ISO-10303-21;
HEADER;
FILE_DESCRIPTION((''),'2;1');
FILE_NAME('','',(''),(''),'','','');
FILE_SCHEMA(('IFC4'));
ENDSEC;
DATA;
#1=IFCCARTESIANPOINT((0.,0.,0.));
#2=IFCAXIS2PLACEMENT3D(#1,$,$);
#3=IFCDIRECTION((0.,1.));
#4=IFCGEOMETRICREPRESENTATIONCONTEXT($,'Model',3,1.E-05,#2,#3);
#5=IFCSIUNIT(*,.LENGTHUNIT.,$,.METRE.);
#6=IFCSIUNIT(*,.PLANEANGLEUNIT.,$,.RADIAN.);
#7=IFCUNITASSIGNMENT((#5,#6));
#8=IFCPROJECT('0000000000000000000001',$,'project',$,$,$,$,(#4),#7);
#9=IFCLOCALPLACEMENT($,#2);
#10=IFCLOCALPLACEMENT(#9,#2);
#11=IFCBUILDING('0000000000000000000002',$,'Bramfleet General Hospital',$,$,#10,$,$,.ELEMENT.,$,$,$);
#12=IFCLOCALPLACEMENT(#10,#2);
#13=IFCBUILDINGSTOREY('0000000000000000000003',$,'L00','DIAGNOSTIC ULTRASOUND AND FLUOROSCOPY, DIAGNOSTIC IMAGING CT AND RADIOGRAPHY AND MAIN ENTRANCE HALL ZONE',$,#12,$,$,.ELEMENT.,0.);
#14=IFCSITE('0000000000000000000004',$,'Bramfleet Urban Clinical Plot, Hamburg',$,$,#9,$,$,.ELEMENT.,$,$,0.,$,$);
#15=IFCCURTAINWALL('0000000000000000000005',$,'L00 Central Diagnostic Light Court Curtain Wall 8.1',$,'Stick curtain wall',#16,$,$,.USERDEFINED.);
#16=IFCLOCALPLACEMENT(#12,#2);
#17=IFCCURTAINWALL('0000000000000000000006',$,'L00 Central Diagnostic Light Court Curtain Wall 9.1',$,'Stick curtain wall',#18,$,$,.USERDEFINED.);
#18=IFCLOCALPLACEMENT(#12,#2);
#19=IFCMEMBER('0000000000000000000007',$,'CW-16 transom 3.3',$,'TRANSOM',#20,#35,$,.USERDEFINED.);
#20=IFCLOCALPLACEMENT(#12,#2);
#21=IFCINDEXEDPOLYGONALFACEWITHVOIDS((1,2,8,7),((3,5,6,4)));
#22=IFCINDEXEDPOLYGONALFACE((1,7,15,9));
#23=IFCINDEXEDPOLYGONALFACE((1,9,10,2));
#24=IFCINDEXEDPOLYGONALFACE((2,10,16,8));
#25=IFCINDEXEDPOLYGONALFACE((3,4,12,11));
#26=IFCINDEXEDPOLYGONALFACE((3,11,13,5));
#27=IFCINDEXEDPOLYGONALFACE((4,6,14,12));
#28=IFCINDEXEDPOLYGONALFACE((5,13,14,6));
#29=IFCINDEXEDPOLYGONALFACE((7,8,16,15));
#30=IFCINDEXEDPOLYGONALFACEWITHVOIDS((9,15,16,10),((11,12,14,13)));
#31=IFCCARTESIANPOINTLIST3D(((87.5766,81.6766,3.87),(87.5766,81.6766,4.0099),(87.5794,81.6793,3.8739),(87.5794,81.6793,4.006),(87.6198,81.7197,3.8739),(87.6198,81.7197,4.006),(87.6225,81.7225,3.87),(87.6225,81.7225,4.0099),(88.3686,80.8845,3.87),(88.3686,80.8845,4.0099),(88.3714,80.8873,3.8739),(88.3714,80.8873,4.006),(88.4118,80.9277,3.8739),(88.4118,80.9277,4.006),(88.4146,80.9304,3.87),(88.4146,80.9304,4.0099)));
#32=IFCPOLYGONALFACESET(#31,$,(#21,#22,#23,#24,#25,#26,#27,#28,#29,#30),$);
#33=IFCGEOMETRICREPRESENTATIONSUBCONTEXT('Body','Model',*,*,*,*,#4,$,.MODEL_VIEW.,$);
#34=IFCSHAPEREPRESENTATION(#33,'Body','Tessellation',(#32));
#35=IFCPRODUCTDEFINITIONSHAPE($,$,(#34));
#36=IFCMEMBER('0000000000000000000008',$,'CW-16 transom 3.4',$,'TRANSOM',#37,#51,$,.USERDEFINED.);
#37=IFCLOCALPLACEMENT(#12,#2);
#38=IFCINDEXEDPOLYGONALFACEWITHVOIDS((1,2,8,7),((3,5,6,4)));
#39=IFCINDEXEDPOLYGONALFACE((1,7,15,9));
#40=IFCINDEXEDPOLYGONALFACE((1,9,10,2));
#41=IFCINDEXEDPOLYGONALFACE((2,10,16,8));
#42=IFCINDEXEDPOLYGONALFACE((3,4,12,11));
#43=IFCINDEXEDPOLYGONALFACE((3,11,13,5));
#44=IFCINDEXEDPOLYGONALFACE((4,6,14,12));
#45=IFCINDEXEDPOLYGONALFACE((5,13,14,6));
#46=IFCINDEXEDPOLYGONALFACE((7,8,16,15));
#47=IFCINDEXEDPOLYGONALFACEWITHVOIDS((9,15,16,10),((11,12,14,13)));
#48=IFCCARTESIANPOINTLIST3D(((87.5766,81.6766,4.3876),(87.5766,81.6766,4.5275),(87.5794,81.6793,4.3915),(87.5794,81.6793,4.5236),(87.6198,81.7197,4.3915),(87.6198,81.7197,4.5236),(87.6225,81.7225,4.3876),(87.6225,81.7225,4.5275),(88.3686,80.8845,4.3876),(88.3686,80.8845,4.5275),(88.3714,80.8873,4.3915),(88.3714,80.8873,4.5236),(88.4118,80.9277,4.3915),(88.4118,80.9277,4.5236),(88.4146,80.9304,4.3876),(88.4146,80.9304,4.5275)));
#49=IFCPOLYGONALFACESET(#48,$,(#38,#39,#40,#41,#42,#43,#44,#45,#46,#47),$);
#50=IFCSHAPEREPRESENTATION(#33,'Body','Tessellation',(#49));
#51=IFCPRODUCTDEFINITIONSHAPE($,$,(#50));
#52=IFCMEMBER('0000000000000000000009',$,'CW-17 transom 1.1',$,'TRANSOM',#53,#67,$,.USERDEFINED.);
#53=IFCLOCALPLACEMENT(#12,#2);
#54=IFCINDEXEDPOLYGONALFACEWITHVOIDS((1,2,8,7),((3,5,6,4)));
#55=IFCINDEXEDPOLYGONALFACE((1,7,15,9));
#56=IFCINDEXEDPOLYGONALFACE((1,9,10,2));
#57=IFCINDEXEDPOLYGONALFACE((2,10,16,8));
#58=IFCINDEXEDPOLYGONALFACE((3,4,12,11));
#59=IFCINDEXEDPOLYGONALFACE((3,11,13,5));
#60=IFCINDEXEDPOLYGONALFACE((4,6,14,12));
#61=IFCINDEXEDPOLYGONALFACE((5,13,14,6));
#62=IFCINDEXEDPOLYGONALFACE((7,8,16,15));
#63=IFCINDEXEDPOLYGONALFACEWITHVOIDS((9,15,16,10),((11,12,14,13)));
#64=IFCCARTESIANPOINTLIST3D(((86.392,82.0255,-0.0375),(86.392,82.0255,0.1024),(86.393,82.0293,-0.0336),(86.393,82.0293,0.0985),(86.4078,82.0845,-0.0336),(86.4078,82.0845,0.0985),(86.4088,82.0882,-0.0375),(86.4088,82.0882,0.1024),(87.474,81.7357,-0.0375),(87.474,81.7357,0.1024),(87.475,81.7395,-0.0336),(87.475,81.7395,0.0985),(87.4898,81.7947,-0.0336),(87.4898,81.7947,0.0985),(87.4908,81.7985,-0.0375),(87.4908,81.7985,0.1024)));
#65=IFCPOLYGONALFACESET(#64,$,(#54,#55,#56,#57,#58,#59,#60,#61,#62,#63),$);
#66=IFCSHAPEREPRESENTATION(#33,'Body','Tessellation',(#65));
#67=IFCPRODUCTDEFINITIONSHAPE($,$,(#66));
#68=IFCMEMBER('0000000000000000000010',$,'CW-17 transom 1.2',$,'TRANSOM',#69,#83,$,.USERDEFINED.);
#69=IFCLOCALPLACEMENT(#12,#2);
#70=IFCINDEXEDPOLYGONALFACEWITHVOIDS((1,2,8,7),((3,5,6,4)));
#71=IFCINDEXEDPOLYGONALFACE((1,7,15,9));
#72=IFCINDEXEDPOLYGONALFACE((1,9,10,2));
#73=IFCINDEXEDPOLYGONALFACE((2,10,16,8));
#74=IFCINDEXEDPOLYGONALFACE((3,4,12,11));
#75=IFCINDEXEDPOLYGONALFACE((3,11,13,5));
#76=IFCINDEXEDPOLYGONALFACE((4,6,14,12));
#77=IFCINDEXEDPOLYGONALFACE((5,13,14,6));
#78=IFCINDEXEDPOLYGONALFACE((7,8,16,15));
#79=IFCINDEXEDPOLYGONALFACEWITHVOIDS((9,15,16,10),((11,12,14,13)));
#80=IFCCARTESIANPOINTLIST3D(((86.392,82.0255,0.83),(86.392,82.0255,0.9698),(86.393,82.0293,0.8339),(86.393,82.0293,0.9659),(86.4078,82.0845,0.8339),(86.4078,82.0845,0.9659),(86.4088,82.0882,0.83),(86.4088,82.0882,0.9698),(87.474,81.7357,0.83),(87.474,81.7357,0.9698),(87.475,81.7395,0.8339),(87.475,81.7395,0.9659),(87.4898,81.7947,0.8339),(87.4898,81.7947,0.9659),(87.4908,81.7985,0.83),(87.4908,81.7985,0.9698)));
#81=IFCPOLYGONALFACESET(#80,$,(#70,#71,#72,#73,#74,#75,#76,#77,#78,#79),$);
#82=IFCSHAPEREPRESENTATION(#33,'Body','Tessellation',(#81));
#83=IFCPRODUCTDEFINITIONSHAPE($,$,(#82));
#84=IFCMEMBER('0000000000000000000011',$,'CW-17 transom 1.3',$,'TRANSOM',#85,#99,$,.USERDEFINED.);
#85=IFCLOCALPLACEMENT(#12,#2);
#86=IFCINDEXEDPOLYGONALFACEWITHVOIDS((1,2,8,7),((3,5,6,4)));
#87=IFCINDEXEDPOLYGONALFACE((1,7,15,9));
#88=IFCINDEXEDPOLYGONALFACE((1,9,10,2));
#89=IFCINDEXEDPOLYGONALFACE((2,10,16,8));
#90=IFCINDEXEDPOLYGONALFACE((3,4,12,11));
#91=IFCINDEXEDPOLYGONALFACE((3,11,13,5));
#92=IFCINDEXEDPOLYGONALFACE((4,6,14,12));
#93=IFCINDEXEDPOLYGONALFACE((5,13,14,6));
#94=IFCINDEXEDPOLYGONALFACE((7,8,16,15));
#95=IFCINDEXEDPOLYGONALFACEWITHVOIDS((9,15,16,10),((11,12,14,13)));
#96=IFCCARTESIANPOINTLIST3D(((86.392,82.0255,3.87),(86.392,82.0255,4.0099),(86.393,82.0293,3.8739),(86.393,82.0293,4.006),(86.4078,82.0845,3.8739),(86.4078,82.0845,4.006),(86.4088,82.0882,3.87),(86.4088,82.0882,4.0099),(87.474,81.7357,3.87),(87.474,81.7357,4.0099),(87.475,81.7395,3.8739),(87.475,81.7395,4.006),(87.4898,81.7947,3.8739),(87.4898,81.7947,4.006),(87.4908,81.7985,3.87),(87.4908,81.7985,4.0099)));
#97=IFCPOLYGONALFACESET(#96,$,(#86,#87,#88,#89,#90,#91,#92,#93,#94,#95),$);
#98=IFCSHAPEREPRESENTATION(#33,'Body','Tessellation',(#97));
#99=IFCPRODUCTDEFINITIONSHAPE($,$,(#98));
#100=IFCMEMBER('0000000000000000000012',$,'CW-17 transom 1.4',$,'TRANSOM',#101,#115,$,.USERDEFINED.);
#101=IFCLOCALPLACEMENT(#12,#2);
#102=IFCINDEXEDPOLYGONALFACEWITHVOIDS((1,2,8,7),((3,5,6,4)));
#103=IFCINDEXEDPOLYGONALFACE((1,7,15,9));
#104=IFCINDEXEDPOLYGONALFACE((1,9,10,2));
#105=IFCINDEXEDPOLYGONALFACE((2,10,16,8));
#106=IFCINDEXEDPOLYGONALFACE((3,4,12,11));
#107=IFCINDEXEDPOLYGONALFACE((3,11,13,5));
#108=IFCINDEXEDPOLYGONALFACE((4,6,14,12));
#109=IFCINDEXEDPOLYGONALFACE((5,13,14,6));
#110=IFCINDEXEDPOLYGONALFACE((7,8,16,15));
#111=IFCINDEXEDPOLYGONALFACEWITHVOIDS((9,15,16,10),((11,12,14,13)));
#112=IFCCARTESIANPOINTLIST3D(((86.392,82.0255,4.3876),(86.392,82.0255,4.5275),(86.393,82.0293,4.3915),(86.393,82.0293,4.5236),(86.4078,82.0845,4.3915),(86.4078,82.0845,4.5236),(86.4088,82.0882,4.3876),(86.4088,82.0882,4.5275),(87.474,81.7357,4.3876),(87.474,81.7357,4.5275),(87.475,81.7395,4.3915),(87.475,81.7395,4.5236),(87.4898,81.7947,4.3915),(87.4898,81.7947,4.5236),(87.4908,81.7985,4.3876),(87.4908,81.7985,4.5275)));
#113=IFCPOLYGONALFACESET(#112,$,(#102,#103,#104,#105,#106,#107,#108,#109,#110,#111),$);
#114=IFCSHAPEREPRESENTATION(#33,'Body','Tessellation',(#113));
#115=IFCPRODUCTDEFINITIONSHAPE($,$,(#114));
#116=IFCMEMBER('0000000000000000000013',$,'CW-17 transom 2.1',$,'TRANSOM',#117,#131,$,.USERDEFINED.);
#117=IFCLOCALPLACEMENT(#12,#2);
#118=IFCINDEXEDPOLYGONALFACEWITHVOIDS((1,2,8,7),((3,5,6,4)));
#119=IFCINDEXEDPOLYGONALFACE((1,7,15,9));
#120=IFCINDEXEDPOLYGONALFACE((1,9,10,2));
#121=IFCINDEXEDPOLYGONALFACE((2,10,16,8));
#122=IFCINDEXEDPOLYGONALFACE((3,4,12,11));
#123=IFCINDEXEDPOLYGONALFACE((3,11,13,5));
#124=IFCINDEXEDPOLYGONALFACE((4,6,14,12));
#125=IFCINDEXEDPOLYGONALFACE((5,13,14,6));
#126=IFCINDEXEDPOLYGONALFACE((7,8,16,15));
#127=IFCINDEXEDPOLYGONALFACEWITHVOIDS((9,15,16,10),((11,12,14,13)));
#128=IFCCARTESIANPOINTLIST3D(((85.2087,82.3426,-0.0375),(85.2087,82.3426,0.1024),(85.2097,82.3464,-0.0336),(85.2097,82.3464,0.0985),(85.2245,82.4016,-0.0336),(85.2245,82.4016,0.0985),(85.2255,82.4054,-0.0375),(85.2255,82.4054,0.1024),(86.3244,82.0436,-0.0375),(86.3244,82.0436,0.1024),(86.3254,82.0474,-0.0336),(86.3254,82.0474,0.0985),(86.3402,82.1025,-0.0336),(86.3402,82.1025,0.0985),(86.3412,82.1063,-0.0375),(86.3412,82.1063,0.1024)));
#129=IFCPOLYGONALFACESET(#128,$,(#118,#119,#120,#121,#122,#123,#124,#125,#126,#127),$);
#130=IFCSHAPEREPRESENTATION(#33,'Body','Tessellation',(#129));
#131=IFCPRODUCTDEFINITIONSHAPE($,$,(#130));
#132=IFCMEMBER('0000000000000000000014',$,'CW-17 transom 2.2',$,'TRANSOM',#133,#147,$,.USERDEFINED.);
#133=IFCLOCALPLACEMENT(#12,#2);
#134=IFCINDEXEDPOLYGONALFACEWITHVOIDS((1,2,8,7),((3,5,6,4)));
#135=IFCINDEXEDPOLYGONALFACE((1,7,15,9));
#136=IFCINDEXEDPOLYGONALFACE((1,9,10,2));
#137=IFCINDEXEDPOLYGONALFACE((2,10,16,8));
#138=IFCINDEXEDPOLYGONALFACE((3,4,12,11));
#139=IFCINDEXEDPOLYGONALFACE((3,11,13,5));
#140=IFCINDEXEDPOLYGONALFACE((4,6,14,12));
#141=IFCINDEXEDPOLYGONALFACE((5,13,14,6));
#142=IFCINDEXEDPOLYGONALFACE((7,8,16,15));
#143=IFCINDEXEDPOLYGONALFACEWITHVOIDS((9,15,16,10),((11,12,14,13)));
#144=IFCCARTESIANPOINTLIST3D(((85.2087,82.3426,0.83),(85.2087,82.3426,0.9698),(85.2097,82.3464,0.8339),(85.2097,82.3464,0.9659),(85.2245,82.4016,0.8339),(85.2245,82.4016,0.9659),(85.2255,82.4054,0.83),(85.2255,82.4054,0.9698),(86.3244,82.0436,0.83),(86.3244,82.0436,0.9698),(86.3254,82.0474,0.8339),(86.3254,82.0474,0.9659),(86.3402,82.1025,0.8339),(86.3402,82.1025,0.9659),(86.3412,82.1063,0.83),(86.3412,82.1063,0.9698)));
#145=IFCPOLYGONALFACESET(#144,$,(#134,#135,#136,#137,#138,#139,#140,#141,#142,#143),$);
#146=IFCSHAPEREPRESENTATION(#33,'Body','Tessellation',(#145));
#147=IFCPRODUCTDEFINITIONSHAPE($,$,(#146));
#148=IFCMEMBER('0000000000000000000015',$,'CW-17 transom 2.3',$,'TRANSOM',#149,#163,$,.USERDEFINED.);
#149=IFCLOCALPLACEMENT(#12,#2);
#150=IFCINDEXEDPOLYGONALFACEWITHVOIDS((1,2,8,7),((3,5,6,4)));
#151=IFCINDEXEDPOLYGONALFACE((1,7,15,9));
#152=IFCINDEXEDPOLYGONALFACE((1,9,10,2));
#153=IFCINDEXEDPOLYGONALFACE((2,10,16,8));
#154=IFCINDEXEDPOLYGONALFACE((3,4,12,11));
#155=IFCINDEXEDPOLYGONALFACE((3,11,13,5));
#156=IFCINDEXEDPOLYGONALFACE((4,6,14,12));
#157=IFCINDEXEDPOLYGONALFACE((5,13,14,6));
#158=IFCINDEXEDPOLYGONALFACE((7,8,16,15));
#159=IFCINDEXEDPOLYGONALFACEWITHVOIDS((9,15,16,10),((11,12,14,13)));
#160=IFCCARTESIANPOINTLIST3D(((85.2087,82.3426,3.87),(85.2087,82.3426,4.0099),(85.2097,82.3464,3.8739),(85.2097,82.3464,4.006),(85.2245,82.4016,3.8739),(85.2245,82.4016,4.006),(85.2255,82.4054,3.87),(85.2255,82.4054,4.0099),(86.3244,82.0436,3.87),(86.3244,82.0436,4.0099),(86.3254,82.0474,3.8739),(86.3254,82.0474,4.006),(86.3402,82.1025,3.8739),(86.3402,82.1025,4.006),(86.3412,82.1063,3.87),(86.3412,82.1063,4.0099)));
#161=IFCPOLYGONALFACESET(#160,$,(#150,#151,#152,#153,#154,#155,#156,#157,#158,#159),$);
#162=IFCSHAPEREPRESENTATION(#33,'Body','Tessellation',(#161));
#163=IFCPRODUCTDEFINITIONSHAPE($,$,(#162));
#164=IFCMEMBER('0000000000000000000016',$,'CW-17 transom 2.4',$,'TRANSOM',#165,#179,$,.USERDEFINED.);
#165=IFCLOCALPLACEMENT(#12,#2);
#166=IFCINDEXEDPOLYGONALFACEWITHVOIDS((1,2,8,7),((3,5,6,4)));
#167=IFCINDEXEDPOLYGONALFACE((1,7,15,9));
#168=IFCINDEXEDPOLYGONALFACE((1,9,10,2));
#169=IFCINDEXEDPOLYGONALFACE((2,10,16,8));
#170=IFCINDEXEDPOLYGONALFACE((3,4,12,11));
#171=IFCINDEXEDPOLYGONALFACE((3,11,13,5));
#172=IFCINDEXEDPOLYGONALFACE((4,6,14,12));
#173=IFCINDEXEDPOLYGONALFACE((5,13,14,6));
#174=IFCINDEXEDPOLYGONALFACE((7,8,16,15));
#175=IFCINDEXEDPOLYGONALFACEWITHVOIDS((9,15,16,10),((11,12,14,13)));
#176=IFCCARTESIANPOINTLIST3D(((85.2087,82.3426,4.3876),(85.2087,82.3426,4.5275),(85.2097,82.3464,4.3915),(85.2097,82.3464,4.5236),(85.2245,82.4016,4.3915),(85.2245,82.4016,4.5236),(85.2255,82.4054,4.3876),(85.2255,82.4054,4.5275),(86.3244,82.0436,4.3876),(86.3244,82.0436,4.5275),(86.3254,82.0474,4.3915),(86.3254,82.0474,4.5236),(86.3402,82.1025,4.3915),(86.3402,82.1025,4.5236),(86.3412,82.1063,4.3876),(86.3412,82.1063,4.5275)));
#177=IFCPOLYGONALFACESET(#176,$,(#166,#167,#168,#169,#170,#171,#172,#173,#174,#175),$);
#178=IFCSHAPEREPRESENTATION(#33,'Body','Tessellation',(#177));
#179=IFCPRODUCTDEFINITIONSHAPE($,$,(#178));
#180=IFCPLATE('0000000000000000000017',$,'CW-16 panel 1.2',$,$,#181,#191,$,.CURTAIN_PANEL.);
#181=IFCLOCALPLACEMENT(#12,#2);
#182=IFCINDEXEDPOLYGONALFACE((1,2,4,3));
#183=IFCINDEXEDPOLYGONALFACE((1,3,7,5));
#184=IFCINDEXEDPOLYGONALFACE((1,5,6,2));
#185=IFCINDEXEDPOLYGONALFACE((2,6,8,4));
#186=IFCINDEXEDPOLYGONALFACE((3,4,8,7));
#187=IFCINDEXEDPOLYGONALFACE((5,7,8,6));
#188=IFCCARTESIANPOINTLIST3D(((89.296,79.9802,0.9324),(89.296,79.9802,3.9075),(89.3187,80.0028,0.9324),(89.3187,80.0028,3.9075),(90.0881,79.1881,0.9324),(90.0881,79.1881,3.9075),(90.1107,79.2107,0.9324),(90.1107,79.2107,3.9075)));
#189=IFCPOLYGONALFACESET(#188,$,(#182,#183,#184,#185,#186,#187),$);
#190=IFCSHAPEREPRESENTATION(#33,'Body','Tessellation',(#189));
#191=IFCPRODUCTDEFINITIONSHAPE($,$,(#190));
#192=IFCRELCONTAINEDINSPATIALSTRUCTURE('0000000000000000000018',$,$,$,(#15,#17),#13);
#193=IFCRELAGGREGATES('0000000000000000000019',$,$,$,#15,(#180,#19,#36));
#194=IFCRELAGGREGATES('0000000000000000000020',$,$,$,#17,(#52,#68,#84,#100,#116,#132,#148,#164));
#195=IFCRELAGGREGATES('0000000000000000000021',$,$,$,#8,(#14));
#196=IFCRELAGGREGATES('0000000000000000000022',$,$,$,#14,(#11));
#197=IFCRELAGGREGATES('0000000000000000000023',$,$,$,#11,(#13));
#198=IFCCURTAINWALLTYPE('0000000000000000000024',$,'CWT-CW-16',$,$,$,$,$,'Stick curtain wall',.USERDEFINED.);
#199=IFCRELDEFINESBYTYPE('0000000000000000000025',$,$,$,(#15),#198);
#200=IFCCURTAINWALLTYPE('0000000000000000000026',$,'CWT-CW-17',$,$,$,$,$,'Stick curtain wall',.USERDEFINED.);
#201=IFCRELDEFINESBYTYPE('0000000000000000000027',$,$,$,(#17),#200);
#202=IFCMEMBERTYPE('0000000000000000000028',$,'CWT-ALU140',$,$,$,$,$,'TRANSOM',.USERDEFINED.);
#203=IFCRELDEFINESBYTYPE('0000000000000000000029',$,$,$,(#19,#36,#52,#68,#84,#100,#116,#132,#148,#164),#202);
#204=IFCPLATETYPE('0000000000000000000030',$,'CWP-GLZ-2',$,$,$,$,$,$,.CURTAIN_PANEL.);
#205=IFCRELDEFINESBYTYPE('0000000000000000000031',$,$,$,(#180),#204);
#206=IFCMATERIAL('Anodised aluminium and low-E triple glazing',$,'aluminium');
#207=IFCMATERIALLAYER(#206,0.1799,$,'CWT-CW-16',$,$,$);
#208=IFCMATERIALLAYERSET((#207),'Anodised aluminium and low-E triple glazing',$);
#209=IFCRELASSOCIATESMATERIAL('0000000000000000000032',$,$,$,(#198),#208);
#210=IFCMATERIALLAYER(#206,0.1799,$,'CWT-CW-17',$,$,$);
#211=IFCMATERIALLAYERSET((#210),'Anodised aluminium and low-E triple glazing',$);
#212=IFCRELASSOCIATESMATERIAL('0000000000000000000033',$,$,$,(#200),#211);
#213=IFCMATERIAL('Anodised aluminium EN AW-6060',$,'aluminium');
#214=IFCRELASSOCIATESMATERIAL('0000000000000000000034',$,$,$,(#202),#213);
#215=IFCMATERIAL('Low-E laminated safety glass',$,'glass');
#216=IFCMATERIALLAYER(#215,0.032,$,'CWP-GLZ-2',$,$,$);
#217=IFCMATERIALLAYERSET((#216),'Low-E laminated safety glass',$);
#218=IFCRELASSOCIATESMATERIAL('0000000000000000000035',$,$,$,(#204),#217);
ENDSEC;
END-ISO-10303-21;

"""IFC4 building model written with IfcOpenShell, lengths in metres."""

from ifc_helpers import new_model, si_unit, direction, frame, origin, origin_2d, place, context, subcontext, project, spatial, rectangle, hollow_rectangle, extrude, material, layer, layer_set, material_profile, profile_set, type_object, element, aggregate, save


model = new_model("IFC4")

# Units and contexts
model_context = context("Model", 3, precision=1e-05, world=origin(), true_north=direction((0.0, 1.0)))
body_context = subcontext(model_context, "Body", "Model", "MODEL_VIEW")
ifc_project = project(units=[si_unit("LENGTHUNIT", "METRE"), si_unit("PLANEANGLEUNIT", "RADIAN")], contexts=[model_context])

# Site, building, storey
site_placement = place(None, origin())
site = spatial("IfcSite", under=ifc_project, at=site_placement, Name="Bramfleet Urban Clinical Plot, Hamburg", CompositionType="ELEMENT", RefElevation=0.0)
building_placement = place(site_placement, origin())
building = spatial("IfcBuilding", under=site, at=building_placement, Name="Bramfleet General Hospital", CompositionType="ELEMENT")
storey_placement = place(building_placement, origin())
storey = spatial("IfcBuildingStorey", under=building, at=storey_placement, Name="L00", Description="DIAGNOSTIC ULTRASOUND AND FLUOROSCOPY, DIAGNOSTIC IMAGING CT AND RADIOGRAPHY AND MAIN ENTRANCE HALL ZONE", CompositionType="ELEMENT", Elevation=0.0)

# Curtain walls
ifc_material_1 = material(Name="Anodised aluminium and low-E triple glazing", Category="aluminium")
ifc_layer_1 = layer(ifc_material_1, 0.1799, Name="CWT-CW-16")
ifc_layer_set_1 = layer_set([ifc_layer_1], Name="Anodised aluminium and low-E triple glazing")
curtain_wall_type_1 = type_object("IfcCurtainWallType", Name="CWT-CW-16", ElementType="Stick curtain wall", PredefinedType="USERDEFINED", material=ifc_layer_set_1)
curtain_wall_1_placement = place(storey_placement, origin())
curtain_wall_1 = element("IfcCurtainWall", 1, at=curtain_wall_1_placement, inside=storey, type_object=curtain_wall_type_1, Name="L00 Central Diagnostic Light Court Curtain Wall 8.1", ObjectType="Stick curtain wall", PredefinedType="USERDEFINED")
ifc_material_2 = material(Name="Anodised aluminium EN AW-6060", Category="aluminium")
ifc_layer_2 = layer(ifc_material_1, 0.1799, Name="CWT-CW-17")
ifc_layer_set_2 = layer_set([ifc_layer_2], Name="Anodised aluminium and low-E triple glazing")
curtain_wall_type_2 = type_object("IfcCurtainWallType", Name="CWT-CW-17", ElementType="Stick curtain wall", PredefinedType="USERDEFINED", material=ifc_layer_set_2)
curtain_wall_2_placement = place(storey_placement, origin())
curtain_wall_2 = element("IfcCurtainWall", 2, at=curtain_wall_2_placement, inside=storey, type_object=curtain_wall_type_2, Name="L00 Central Diagnostic Light Court Curtain Wall 9.1", ObjectType="Stick curtain wall", PredefinedType="USERDEFINED")

# Members
ifc_material_profile_1 = material_profile(ifc_material_2, hollow_rectangle(XDim=0.0649, YDim=0.1399, WallThickness=0.0039, at=origin_2d()), Name="ALU 140x65x4.0")
ifc_profile_set_1 = profile_set([ifc_material_profile_1], Name="Anodised aluminium EN AW-6060")
member_type_1 = type_object("IfcMemberType", Name="CWT-ALU140", ElementType="TRANSOM", PredefinedType="USERDEFINED", material=ifc_profile_set_1)
member_1_placement = place(storey_placement, frame((88.3916, 80.9075, 3.9399), z_axis=(-0.707107, 0.707107, 0.0), x_axis=(-0.707107, -0.707107, 0.0)))
member_1 = element("IfcMember", 3, at=member_1_placement, type_object=member_type_1, Name="CW-16 transom 3.3", ObjectType="TRANSOM", PredefinedType="USERDEFINED", context=body_context, shape_type="SweptSolid", body=[
    extrude(hollow_rectangle(XDim=0.0649, YDim=0.1399, WallThickness=0.0039, at=origin_2d()), origin(), (0.0, 0.0, 1.0), 1.1201),
])
member_2_placement = place(storey_placement, frame((88.3916, 80.9075, 4.4575), z_axis=(-0.707107, 0.707107, 0.0), x_axis=(-0.707107, -0.707107, 0.0)))
member_2 = element("IfcMember", 4, at=member_2_placement, type_object=member_type_1, Name="CW-16 transom 3.4", ObjectType="TRANSOM", PredefinedType="USERDEFINED", context=body_context, shape_type="SweptSolid", body=[
    extrude(hollow_rectangle(XDim=0.0649, YDim=0.1399, WallThickness=0.0039, at=origin_2d()), origin(), (0.0, 0.0, 1.0), 1.1201),
])
member_3_placement = place(storey_placement, frame((87.4824, 81.7671, 0.0325), z_axis=(-0.965956, 0.258707, 0.0), x_axis=(-0.258707, -0.965956, 0.0)))
member_3 = element("IfcMember", 5, at=member_3_placement, type_object=member_type_1, Name="CW-17 transom 1.1", ObjectType="TRANSOM", PredefinedType="USERDEFINED", context=body_context, shape_type="SweptSolid", body=[
    extrude(hollow_rectangle(XDim=0.0649, YDim=0.1399, WallThickness=0.0039, at=origin_2d()), origin(), (0.0, 0.0, 1.0), 1.1201),
])
member_4_placement = place(storey_placement, frame((87.4824, 81.7671, 0.8999), z_axis=(-0.965956, 0.258707, 0.0), x_axis=(-0.258707, -0.965956, 0.0)))
member_4 = element("IfcMember", 6, at=member_4_placement, type_object=member_type_1, Name="CW-17 transom 1.2", ObjectType="TRANSOM", PredefinedType="USERDEFINED", context=body_context, shape_type="SweptSolid", body=[
    extrude(hollow_rectangle(XDim=0.0649, YDim=0.1399, WallThickness=0.0039, at=origin_2d()), origin(), (0.0, 0.0, 1.0), 1.1201),
])
member_5_placement = place(storey_placement, frame((87.4824, 81.7671, 3.9399), z_axis=(-0.965956, 0.258707, 0.0), x_axis=(-0.258707, -0.965956, 0.0)))
member_5 = element("IfcMember", 7, at=member_5_placement, type_object=member_type_1, Name="CW-17 transom 1.3", ObjectType="TRANSOM", PredefinedType="USERDEFINED", context=body_context, shape_type="SweptSolid", body=[
    extrude(hollow_rectangle(XDim=0.0649, YDim=0.1399, WallThickness=0.0039, at=origin_2d()), origin(), (0.0, 0.0, 1.0), 1.1201),
])
member_6_placement = place(storey_placement, frame((87.4824, 81.7671, 4.4575), z_axis=(-0.965956, 0.258707, 0.0), x_axis=(-0.258707, -0.965956, 0.0)))
member_6 = element("IfcMember", 8, at=member_6_placement, type_object=member_type_1, Name="CW-17 transom 1.4", ObjectType="TRANSOM", PredefinedType="USERDEFINED", context=body_context, shape_type="SweptSolid", body=[
    extrude(hollow_rectangle(XDim=0.0649, YDim=0.1399, WallThickness=0.0039, at=origin_2d()), origin(), (0.0, 0.0, 1.0), 1.1201),
])
member_7_placement = place(storey_placement, frame((86.3328, 82.075, 0.0325), z_axis=(-0.965901, 0.258912, 0.0), x_axis=(-0.258912, -0.965901, 0.0)))
member_7 = element("IfcMember", 9, at=member_7_placement, type_object=member_type_1, Name="CW-17 transom 2.1", ObjectType="TRANSOM", PredefinedType="USERDEFINED", context=body_context, shape_type="SweptSolid", body=[
    extrude(hollow_rectangle(XDim=0.0649, YDim=0.1399, WallThickness=0.0039, at=origin_2d()), origin(), (0.0, 0.0, 1.0), 1.155),
])
member_8_placement = place(storey_placement, frame((86.3328, 82.075, 0.8999), z_axis=(-0.965901, 0.258912, 0.0), x_axis=(-0.258912, -0.965901, 0.0)))
member_8 = element("IfcMember", 10, at=member_8_placement, type_object=member_type_1, Name="CW-17 transom 2.2", ObjectType="TRANSOM", PredefinedType="USERDEFINED", context=body_context, shape_type="SweptSolid", body=[
    extrude(hollow_rectangle(XDim=0.0649, YDim=0.1399, WallThickness=0.0039, at=origin_2d()), origin(), (0.0, 0.0, 1.0), 1.155),
])
member_9_placement = place(storey_placement, frame((86.3328, 82.075, 3.9399), z_axis=(-0.965901, 0.258912, 0.0), x_axis=(-0.258912, -0.965901, 0.0)))
member_9 = element("IfcMember", 11, at=member_9_placement, type_object=member_type_1, Name="CW-17 transom 2.3", ObjectType="TRANSOM", PredefinedType="USERDEFINED", context=body_context, shape_type="SweptSolid", body=[
    extrude(hollow_rectangle(XDim=0.0649, YDim=0.1399, WallThickness=0.0039, at=origin_2d()), origin(), (0.0, 0.0, 1.0), 1.155),
])
member_10_placement = place(storey_placement, frame((86.3328, 82.075, 4.4575), z_axis=(-0.965901, 0.258912, 0.0), x_axis=(-0.258912, -0.965901, 0.0)))
member_10 = element("IfcMember", 12, at=member_10_placement, type_object=member_type_1, Name="CW-17 transom 2.4", ObjectType="TRANSOM", PredefinedType="USERDEFINED", context=body_context, shape_type="SweptSolid", body=[
    extrude(hollow_rectangle(XDim=0.0649, YDim=0.1399, WallThickness=0.0039, at=origin_2d()), origin(), (0.0, 0.0, 1.0), 1.155),
])

# Plate
ifc_material_3 = material(Name="Low-E laminated safety glass", Category="glass")
ifc_layer_3 = layer(ifc_material_3, 0.032, Name="CWP-GLZ-2")
ifc_layer_set_3 = layer_set([ifc_layer_3], Name="Low-E laminated safety glass")
plate_type = type_object("IfcPlateType", Name="CWP-GLZ-2", PredefinedType="CURTAIN_PANEL", material=ifc_layer_set_3)
plate_1_placement = place(storey_placement, frame((89.7034, 79.5955, 0.9324), z_axis=(0.0, 0.0, 1.0), x_axis=(-0.707107, 0.707107, 0.0)))
plate_1 = element("IfcPlate", 13, at=plate_1_placement, type_object=plate_type, Name="CW-16 panel 1.2", PredefinedType="CURTAIN_PANEL", context=body_context, shape_type="SweptSolid", body=[
    extrude(rectangle(XDim=1.1201, YDim=0.032, at=origin_2d()), origin(), (0.0, 0.0, 1.0), 2.9751),
])
aggregate(curtain_wall_1, [plate_1, member_1, member_2])
aggregate(curtain_wall_2, [member_3, member_4, member_5, member_6, member_7, member_8, member_9, member_10])

save(model, "model.ifc")
